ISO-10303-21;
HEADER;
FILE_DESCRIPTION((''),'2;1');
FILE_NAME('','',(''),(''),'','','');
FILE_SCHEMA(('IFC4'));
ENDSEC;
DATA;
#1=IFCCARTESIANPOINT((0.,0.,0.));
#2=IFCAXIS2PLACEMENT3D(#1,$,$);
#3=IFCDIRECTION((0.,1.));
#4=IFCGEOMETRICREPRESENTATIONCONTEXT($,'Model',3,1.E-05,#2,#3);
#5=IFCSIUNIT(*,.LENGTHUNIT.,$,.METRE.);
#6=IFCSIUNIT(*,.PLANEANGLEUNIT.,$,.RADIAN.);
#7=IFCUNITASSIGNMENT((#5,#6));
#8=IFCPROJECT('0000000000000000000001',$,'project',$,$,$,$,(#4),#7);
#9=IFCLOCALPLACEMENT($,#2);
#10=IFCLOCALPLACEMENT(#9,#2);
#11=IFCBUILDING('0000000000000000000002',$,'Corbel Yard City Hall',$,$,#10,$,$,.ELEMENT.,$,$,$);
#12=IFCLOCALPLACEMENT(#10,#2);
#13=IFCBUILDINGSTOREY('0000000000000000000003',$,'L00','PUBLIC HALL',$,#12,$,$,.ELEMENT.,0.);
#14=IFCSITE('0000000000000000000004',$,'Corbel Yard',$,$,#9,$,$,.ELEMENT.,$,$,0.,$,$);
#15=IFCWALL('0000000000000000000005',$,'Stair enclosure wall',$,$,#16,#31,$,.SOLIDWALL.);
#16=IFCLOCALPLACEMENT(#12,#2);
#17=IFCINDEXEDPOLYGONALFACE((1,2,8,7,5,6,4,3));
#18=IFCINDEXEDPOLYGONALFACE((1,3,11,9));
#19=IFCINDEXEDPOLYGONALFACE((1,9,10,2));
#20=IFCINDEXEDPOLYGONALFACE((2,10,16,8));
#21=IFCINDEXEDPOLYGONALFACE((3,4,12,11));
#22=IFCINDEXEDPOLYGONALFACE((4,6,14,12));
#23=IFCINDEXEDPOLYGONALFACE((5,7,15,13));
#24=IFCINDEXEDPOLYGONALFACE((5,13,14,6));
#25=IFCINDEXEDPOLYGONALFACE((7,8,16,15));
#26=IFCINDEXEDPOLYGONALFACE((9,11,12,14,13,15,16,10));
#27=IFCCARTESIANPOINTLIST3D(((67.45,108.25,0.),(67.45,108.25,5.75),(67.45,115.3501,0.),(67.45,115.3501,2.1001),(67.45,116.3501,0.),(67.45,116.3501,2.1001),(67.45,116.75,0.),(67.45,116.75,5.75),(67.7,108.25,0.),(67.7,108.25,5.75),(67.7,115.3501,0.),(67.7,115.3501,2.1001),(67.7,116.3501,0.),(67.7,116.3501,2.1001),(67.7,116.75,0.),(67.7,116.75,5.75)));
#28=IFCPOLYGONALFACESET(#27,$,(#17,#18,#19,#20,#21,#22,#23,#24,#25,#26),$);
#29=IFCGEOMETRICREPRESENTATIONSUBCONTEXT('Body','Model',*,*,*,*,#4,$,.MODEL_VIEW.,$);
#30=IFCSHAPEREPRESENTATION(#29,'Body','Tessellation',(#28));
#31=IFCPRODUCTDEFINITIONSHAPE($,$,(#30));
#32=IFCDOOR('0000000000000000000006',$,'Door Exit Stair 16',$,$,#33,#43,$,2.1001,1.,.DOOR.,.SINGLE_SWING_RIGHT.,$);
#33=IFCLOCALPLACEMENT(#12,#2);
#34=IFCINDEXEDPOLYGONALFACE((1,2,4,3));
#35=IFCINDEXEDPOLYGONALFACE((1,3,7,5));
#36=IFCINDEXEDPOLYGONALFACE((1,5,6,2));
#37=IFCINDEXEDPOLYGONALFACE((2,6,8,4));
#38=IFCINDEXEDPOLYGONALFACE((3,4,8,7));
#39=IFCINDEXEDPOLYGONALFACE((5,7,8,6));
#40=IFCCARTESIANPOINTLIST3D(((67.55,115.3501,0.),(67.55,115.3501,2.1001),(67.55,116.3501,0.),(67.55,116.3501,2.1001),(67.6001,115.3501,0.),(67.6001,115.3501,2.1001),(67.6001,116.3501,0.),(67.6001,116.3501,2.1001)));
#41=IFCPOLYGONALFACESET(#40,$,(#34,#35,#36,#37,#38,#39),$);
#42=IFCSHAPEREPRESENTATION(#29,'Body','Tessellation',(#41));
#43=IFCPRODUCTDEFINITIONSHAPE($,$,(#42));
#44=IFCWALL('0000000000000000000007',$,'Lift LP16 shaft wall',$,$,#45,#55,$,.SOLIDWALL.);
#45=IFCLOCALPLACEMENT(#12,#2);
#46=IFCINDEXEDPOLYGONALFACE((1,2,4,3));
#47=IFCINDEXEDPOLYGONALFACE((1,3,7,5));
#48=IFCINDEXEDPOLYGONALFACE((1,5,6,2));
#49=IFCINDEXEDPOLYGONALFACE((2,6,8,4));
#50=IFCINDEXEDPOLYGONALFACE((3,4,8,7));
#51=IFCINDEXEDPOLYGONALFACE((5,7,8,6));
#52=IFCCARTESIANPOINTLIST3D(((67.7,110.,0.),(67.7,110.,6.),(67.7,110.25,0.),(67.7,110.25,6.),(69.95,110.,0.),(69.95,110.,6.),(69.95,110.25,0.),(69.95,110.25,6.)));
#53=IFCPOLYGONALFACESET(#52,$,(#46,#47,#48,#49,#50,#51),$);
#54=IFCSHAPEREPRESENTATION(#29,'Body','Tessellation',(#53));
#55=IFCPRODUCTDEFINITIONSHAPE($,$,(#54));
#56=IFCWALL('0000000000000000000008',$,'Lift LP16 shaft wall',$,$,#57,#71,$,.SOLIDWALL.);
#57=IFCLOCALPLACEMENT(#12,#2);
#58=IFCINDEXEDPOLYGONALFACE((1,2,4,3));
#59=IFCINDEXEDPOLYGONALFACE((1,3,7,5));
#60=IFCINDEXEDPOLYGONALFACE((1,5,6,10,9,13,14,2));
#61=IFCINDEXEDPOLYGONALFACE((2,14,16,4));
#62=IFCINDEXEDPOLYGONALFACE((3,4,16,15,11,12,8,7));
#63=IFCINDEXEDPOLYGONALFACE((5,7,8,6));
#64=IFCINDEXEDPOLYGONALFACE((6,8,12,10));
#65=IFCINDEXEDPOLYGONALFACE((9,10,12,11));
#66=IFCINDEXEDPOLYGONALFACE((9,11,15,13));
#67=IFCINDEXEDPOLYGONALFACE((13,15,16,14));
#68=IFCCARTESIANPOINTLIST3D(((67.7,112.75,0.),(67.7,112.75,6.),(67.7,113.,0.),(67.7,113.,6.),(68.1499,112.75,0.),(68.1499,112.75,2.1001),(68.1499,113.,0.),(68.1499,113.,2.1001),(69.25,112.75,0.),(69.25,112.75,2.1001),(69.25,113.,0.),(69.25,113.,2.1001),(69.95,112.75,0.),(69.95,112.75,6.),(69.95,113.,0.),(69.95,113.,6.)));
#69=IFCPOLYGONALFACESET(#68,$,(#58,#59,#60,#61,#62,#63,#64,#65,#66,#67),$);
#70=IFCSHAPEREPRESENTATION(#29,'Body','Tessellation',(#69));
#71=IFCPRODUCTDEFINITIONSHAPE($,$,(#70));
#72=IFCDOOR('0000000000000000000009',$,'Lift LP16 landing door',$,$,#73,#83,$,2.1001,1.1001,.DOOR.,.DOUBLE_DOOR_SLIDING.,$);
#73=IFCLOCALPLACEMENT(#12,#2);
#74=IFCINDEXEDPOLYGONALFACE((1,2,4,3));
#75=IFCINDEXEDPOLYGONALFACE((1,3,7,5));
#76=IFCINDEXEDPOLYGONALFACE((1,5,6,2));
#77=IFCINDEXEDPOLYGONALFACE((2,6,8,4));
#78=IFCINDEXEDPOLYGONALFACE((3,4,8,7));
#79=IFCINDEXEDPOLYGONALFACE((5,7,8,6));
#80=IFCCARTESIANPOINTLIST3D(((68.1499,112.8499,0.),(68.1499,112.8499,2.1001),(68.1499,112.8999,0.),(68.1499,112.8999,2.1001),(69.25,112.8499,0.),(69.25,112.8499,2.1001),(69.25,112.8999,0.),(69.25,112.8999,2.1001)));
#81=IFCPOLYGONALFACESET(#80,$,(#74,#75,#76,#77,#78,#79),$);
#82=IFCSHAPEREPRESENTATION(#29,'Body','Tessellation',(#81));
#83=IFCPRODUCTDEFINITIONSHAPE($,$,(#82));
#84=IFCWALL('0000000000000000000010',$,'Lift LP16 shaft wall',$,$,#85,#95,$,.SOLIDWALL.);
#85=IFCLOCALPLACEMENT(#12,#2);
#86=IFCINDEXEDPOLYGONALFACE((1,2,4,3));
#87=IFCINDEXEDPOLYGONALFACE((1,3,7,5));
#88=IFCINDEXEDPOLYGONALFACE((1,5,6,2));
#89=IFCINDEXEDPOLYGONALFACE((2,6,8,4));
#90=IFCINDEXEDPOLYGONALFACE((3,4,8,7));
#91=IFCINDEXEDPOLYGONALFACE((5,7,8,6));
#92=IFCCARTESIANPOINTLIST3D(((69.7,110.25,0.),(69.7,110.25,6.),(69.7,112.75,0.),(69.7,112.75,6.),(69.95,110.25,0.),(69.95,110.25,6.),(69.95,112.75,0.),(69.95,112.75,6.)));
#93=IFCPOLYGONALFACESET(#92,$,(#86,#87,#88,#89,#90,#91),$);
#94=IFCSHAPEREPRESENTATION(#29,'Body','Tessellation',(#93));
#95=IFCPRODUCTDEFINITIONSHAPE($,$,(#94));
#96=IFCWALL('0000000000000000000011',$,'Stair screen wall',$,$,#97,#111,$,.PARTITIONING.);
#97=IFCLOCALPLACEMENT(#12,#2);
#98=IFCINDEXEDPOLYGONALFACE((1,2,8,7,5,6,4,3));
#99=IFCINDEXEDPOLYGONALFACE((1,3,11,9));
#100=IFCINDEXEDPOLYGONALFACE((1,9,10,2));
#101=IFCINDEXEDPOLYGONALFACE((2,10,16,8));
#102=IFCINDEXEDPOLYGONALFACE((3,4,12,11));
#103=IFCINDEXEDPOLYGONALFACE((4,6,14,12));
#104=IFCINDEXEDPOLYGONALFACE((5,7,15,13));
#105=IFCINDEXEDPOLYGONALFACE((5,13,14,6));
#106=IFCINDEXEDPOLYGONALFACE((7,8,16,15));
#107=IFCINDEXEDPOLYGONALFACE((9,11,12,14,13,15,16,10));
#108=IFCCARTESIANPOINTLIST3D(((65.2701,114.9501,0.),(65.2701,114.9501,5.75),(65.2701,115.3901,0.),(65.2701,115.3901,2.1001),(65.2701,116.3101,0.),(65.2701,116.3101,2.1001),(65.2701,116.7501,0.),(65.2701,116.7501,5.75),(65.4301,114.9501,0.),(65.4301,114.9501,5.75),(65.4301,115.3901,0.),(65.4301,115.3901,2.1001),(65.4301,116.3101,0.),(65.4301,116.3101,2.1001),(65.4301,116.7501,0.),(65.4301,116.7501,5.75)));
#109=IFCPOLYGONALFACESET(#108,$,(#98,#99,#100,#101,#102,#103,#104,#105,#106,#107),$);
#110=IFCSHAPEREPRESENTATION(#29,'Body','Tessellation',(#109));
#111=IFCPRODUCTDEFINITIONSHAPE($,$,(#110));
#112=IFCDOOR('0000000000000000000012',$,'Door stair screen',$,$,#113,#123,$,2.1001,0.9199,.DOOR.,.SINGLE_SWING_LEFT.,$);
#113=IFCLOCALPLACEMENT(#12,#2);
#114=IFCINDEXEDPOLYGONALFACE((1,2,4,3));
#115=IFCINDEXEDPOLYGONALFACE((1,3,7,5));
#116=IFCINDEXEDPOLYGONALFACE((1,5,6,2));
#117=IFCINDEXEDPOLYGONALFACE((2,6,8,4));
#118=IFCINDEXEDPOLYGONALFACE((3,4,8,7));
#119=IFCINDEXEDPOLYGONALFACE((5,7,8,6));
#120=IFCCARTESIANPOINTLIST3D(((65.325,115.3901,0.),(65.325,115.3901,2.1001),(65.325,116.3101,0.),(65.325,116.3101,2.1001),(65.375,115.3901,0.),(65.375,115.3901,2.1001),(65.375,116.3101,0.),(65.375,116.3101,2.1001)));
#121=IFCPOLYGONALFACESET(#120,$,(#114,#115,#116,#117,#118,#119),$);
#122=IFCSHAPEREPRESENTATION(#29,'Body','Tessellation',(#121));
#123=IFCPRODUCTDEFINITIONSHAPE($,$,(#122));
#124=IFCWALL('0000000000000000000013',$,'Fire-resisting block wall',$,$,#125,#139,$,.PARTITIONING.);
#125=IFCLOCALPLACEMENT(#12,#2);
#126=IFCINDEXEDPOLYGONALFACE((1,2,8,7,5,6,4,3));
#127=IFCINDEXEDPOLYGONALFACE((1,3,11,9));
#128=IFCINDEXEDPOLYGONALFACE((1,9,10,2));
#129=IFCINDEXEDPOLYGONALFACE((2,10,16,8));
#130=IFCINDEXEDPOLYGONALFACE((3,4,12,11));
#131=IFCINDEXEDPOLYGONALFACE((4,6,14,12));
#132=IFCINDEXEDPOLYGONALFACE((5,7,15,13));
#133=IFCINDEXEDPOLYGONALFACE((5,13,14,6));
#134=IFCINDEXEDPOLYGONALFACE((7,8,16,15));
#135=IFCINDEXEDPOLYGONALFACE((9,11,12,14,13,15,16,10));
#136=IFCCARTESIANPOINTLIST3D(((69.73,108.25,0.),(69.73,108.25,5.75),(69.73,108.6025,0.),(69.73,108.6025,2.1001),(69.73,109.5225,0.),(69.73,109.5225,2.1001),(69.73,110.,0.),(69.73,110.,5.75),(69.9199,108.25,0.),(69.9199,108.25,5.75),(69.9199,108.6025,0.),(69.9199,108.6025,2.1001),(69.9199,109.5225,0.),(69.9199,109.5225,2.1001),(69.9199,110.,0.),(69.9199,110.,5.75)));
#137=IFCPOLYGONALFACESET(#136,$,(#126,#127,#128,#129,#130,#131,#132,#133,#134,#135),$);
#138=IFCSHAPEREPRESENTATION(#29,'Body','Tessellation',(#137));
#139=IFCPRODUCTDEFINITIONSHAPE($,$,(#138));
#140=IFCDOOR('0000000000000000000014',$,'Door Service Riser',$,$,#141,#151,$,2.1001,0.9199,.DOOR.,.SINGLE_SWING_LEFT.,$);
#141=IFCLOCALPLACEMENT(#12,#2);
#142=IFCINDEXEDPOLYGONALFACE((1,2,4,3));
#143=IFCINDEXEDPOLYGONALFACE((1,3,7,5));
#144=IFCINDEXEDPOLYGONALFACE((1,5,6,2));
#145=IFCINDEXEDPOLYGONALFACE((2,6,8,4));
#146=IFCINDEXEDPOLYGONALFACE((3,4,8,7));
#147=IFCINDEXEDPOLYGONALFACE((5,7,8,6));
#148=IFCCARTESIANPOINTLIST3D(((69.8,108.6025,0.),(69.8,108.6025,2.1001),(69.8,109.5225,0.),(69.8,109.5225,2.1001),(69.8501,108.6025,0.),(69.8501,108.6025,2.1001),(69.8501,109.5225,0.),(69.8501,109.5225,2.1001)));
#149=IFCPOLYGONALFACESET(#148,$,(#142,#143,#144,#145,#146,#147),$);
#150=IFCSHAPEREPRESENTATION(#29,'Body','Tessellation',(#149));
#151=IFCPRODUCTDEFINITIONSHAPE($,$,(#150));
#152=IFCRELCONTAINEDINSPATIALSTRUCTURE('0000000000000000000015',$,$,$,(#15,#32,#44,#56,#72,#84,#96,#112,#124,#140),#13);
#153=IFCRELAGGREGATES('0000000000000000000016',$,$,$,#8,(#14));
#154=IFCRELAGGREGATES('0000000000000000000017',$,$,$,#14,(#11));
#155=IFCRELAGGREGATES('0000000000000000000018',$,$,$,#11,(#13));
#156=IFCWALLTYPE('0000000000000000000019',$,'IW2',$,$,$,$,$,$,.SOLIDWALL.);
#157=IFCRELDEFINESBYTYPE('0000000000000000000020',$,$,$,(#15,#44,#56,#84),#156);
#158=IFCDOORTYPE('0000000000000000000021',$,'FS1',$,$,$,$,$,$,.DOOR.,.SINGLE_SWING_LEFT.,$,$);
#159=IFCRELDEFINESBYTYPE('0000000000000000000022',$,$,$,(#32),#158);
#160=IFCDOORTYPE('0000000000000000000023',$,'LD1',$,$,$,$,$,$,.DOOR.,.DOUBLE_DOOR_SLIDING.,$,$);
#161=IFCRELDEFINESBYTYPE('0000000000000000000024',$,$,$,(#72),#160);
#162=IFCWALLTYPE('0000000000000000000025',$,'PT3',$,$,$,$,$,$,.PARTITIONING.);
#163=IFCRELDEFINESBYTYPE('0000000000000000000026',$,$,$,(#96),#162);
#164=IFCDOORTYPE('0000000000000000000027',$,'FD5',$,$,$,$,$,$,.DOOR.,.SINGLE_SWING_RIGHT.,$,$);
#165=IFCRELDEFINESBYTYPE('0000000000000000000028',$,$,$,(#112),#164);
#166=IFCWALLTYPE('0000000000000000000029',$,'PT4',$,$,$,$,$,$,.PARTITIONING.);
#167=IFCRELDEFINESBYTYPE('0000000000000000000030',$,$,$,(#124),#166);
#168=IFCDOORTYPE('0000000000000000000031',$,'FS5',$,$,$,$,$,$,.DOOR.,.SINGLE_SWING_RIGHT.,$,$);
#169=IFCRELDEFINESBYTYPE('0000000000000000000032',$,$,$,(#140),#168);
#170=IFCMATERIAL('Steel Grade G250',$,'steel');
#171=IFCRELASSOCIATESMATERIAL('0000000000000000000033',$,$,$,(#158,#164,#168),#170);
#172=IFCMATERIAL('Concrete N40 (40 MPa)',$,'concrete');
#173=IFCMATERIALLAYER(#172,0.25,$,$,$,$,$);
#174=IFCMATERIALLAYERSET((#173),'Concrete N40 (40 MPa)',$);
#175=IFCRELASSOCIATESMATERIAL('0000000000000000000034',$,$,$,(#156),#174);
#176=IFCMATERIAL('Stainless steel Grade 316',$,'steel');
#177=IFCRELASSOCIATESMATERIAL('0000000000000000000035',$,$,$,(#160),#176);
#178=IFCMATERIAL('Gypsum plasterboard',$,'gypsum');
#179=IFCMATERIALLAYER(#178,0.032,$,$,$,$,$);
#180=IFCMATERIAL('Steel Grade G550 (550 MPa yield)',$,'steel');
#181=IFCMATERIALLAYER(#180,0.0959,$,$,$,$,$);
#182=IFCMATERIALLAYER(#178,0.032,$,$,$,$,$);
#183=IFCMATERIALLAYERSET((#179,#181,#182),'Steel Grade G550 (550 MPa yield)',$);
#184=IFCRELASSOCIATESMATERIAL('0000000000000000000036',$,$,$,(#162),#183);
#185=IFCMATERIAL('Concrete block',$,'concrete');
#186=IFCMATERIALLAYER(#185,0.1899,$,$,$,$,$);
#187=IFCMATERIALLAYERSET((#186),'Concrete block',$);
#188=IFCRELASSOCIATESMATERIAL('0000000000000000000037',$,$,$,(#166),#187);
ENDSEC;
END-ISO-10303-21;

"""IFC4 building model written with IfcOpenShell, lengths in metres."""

from ifc_helpers import new_model, si_unit, direction, frame, frame_2d, origin, place, context, subcontext, project, spatial, rectangle, extrude, material, layer, layer_set, type_object, element, fill, save


model = new_model("IFC4")

# Units and contexts
model_context = context("Model", 3, precision=1e-05, world=origin(), true_north=direction((0.0, 1.0)))
body_context = subcontext(model_context, "Body", "Model", "MODEL_VIEW")
ifc_project = project(units=[si_unit("LENGTHUNIT", "METRE"), si_unit("PLANEANGLEUNIT", "RADIAN")], contexts=[model_context])

# Site, building, storey
site_placement = place(None, origin())
site = spatial("IfcSite", under=ifc_project, at=site_placement, Name="Corbel Yard", CompositionType="ELEMENT", RefElevation=0.0)
building_placement = place(site_placement, origin())
building = spatial("IfcBuilding", under=site, at=building_placement, Name="Corbel Yard City Hall", CompositionType="ELEMENT")
storey_placement = place(building_placement, origin())
storey = spatial("IfcBuildingStorey", under=building, at=storey_placement, Name="L00", Description="PUBLIC HALL", CompositionType="ELEMENT", Elevation=0.0)

# Wall, opening, door
ifc_material_1 = material(Name="Steel Grade G250", Category="steel")
door_type_1 = type_object("IfcDoorType", Name="FS1", OperationType="SINGLE_SWING_LEFT", PredefinedType="DOOR", material=ifc_material_1)
ifc_material_2 = material(Name="Concrete N40 (40 MPa)", Category="concrete")
ifc_layer_1 = layer(ifc_material_2, 0.25)
ifc_layer_set_1 = layer_set([ifc_layer_1], Name="Concrete N40 (40 MPa)")
wall_type_1 = type_object("IfcWallType", Name="IW2", PredefinedType="SOLIDWALL", material=ifc_layer_set_1)
wall_1_placement = place(storey_placement, frame((67.575, 116.75, 0.0), z_axis=(0.0, 0.0, 1.0), x_axis=(0.0, -1.0, 0.0)))
wall_1 = element("IfcWall", 1, at=wall_1_placement, inside=storey, type_object=wall_type_1, Name="Stair enclosure wall", PredefinedType="SOLIDWALL", context=body_context, shape_type="SweptSolid", body=[
    extrude(rectangle(XDim=8.5, YDim=0.25, at=frame_2d((4.25, 0.0))), origin(), (0.0, 0.0, 1.0), 5.75),
])
opening_1_placement = place(wall_1_placement, frame((0.3999, 0.0, 0.0)))
opening_1 = element("IfcOpeningElement", 2, at=opening_1_placement, cuts=wall_1, PredefinedType="OPENING", context=body_context, shape_type="SweptSolid", body=[
    extrude(rectangle(XDim=1.0, YDim=2.1001, at=frame_2d((0.5, 1.05))), frame((0.0, 0.135, 0.0), z_axis=(0.0, -1.0, 0.0), x_axis=(1.0, 0.0, 0.0)), (0.0, 0.0, 1.0), 0.27),
])
door_1_placement = place(opening_1_placement, frame((1.0, 0.0, 0.0), z_axis=(0.0, 0.0, 1.0), x_axis=(-1.0, 0.0, 0.0)))
door_1 = element("IfcDoor", 3, at=door_1_placement, inside=storey, type_object=door_type_1, Name="Door Exit Stair 16", OperationType="SINGLE_SWING_RIGHT", OverallHeight=2.1001, OverallWidth=1.0, PredefinedType="DOOR", context=body_context, shape_type="SweptSolid", body=[
    extrude(rectangle(XDim=1.0, YDim=2.1001, at=frame_2d((0.5, 1.05))), frame((0.0, 0.0249, 0.0), z_axis=(0.0, -1.0, 0.0), x_axis=(1.0, 0.0, 0.0)), (0.0, 0.0, 1.0), 0.05),
])
fill(opening_1, door_1)

# Wall
wall_2_placement = place(storey_placement, frame((67.7, 110.125, 0.0), z_axis=(0.0, 0.0, 1.0), x_axis=(1.0, 0.0, 0.0)))
element("IfcWall", 4, at=wall_2_placement, inside=storey, type_object=wall_type_1, Name="Lift LP16 shaft wall", PredefinedType="SOLIDWALL", context=body_context, shape_type="SweptSolid", body=[
    extrude(rectangle(XDim=2.25, YDim=0.25, at=frame_2d((1.125, 0.0))), origin(), (0.0, 0.0, 1.0), 6.0),
])

# Wall, opening, door
wall_3_placement = place(storey_placement, frame((67.7, 112.875, 0.0), z_axis=(0.0, 0.0, 1.0), x_axis=(1.0, 0.0, 0.0)))
wall_3 = element("IfcWall", 5, at=wall_3_placement, inside=storey, type_object=wall_type_1, Name="Lift LP16 shaft wall", PredefinedType="SOLIDWALL", context=body_context, shape_type="SweptSolid", body=[
    extrude(rectangle(XDim=2.25, YDim=0.25, at=frame_2d((1.125, 0.0))), origin(), (0.0, 0.0, 1.0), 6.0),
])
opening_2_placement = place(wall_3_placement, frame((0.45, 0.0, 0.0)))
opening_2 = element("IfcOpeningElement", 6, at=opening_2_placement, cuts=wall_3, PredefinedType="OPENING", context=body_context, shape_type="SweptSolid", body=[
    extrude(rectangle(XDim=1.1001, YDim=2.1001, at=frame_2d((0.55, 1.05))), frame((0.0, 0.135, 0.0), z_axis=(0.0, -1.0, 0.0), x_axis=(1.0, 0.0, 0.0)), (0.0, 0.0, 1.0), 0.27),
])
ifc_material_3 = material(Name="Stainless steel Grade 316", Category="steel")
door_type_2 = type_object("IfcDoorType", Name="LD1", OperationType="DOUBLE_DOOR_SLIDING", PredefinedType="DOOR", material=ifc_material_3)
door_2_placement = place(opening_2_placement, origin())
door_2 = element("IfcDoor", 7, at=door_2_placement, inside=storey, type_object=door_type_2, Name="Lift LP16 landing door", OperationType="DOUBLE_DOOR_SLIDING", OverallHeight=2.1001, OverallWidth=1.1001, PredefinedType="DOOR", context=body_context, shape_type="SweptSolid", body=[
    extrude(rectangle(XDim=1.1001, YDim=2.1001, at=frame_2d((0.55, 1.05))), frame((0.0, 0.0249, 0.0), z_axis=(0.0, -1.0, 0.0), x_axis=(1.0, 0.0, 0.0)), (0.0, 0.0, 1.0), 0.05),
])
fill(opening_2, door_2)

# Wall
wall_4_placement = place(storey_placement, frame((69.825, 110.25, 0.0), z_axis=(0.0, 0.0, 1.0), x_axis=(0.0, 1.0, 0.0)))
element("IfcWall", 8, at=wall_4_placement, inside=storey, type_object=wall_type_1, Name="Lift LP16 shaft wall", PredefinedType="SOLIDWALL", context=body_context, shape_type="SweptSolid", body=[
    extrude(rectangle(XDim=2.5, YDim=0.25, at=frame_2d((1.25, 0.0))), origin(), (0.0, 0.0, 1.0), 6.0),
])

# Walls, openings, doors
ifc_material_4 = material(Name="Gypsum plasterboard", Category="gypsum")
ifc_layer_2 = layer(ifc_material_4, 0.032)
ifc_material_5 = material(Name="Steel Grade G550 (550 MPa yield)", Category="steel")
ifc_layer_3 = layer(ifc_material_5, 0.0959)
ifc_layer_4 = layer(ifc_material_4, 0.032)
ifc_layer_set_2 = layer_set([ifc_layer_2, ifc_layer_3, ifc_layer_4], Name="Steel Grade G550 (550 MPa yield)")
wall_type_2 = type_object("IfcWallType", Name="PT3", PredefinedType="PARTITIONING", material=ifc_layer_set_2)
wall_5_placement = place(storey_placement, frame((65.3501, 116.75, 0.0), z_axis=(0.0, 0.0, 1.0), x_axis=(0.0, -1.0, 0.0)))
wall_5 = element("IfcWall", 9, at=wall_5_placement, inside=storey, type_object=wall_type_2, Name="Stair screen wall", PredefinedType="PARTITIONING", context=body_context, shape_type="SweptSolid", body=[
    extrude(rectangle(XDim=1.8, YDim=0.1599, at=frame_2d((0.8999, 0.0))), origin(), (0.0, 0.0, 1.0), 5.75),
])
opening_3_placement = place(wall_5_placement, frame((0.4399, 0.0, 0.0)))
opening_3 = element("IfcOpeningElement", 10, at=opening_3_placement, cuts=wall_5, PredefinedType="OPENING", context=body_context, shape_type="SweptSolid", body=[
    extrude(rectangle(XDim=0.9199, YDim=2.1001, at=frame_2d((0.46, 1.05))), frame((0.0, 0.0898, 0.0), z_axis=(0.0, -1.0, 0.0), x_axis=(1.0, 0.0, 0.0)), (0.0, 0.0, 1.0), 0.1799),
])
door_type_3 = type_object("IfcDoorType", Name="FD5", OperationType="SINGLE_SWING_RIGHT", PredefinedType="DOOR", material=ifc_material_1)
door_3_placement = place(opening_3_placement, origin())
door_3 = element("IfcDoor", 11, at=door_3_placement, inside=storey, type_object=door_type_3, Name="Door stair screen", OperationType="SINGLE_SWING_LEFT", OverallHeight=2.1001, OverallWidth=0.9199, PredefinedType="DOOR", context=body_context, shape_type="SweptSolid", body=[
    extrude(rectangle(XDim=0.9199, YDim=2.1001, at=frame_2d((0.46, 1.05))), frame((0.0, 0.0249, 0.0), z_axis=(0.0, -1.0, 0.0), x_axis=(1.0, 0.0, 0.0)), (0.0, 0.0, 1.0), 0.05),
])
fill(opening_3, door_3)
ifc_material_6 = material(Name="Concrete block", Category="concrete")
ifc_layer_5 = layer(ifc_material_6, 0.1899)
ifc_layer_set_3 = layer_set([ifc_layer_5], Name="Concrete block")
wall_type_3 = type_object("IfcWallType", Name="PT4", PredefinedType="PARTITIONING", material=ifc_layer_set_3)
wall_6_placement = place(storey_placement, frame((69.825, 108.25, 0.0), z_axis=(0.0, 0.0, 1.0), x_axis=(0.0, 1.0, 0.0)))
wall_6 = element("IfcWall", 12, at=wall_6_placement, inside=storey, type_object=wall_type_3, Name="Fire-resisting block wall", PredefinedType="PARTITIONING", context=body_context, shape_type="SweptSolid", body=[
    extrude(rectangle(XDim=1.75, YDim=0.1899, at=frame_2d((0.875, 0.0))), origin(), (0.0, 0.0, 1.0), 5.75),
])
opening_4_placement = place(wall_6_placement, frame((0.3525, 0.0, 0.0)))
opening_4 = element("IfcOpeningElement", 13, at=opening_4_placement, cuts=wall_6, PredefinedType="OPENING", context=body_context, shape_type="SweptSolid", body=[
    extrude(rectangle(XDim=0.9199, YDim=2.1001, at=frame_2d((0.46, 1.05))), frame((0.0, 0.105, 0.0), z_axis=(0.0, -1.0, 0.0), x_axis=(1.0, 0.0, 0.0)), (0.0, 0.0, 1.0), 0.21),
])
door_type_4 = type_object("IfcDoorType", Name="FS5", OperationType="SINGLE_SWING_RIGHT", PredefinedType="DOOR", material=ifc_material_1)
door_4_placement = place(opening_4_placement, origin())
door_4 = element("IfcDoor", 14, at=door_4_placement, inside=storey, type_object=door_type_4, Name="Door Service Riser", OperationType="SINGLE_SWING_LEFT", OverallHeight=2.1001, OverallWidth=0.9199, PredefinedType="DOOR", context=body_context, shape_type="SweptSolid", body=[
    extrude(rectangle(XDim=0.9199, YDim=2.1001, at=frame_2d((0.46, 1.05))), frame((0.0, 0.0249, 0.0), z_axis=(0.0, -1.0, 0.0), x_axis=(1.0, 0.0, 0.0)), (0.0, 0.0, 1.0), 0.05),
])
fill(opening_4, door_4)

save(model, "model.ifc")
